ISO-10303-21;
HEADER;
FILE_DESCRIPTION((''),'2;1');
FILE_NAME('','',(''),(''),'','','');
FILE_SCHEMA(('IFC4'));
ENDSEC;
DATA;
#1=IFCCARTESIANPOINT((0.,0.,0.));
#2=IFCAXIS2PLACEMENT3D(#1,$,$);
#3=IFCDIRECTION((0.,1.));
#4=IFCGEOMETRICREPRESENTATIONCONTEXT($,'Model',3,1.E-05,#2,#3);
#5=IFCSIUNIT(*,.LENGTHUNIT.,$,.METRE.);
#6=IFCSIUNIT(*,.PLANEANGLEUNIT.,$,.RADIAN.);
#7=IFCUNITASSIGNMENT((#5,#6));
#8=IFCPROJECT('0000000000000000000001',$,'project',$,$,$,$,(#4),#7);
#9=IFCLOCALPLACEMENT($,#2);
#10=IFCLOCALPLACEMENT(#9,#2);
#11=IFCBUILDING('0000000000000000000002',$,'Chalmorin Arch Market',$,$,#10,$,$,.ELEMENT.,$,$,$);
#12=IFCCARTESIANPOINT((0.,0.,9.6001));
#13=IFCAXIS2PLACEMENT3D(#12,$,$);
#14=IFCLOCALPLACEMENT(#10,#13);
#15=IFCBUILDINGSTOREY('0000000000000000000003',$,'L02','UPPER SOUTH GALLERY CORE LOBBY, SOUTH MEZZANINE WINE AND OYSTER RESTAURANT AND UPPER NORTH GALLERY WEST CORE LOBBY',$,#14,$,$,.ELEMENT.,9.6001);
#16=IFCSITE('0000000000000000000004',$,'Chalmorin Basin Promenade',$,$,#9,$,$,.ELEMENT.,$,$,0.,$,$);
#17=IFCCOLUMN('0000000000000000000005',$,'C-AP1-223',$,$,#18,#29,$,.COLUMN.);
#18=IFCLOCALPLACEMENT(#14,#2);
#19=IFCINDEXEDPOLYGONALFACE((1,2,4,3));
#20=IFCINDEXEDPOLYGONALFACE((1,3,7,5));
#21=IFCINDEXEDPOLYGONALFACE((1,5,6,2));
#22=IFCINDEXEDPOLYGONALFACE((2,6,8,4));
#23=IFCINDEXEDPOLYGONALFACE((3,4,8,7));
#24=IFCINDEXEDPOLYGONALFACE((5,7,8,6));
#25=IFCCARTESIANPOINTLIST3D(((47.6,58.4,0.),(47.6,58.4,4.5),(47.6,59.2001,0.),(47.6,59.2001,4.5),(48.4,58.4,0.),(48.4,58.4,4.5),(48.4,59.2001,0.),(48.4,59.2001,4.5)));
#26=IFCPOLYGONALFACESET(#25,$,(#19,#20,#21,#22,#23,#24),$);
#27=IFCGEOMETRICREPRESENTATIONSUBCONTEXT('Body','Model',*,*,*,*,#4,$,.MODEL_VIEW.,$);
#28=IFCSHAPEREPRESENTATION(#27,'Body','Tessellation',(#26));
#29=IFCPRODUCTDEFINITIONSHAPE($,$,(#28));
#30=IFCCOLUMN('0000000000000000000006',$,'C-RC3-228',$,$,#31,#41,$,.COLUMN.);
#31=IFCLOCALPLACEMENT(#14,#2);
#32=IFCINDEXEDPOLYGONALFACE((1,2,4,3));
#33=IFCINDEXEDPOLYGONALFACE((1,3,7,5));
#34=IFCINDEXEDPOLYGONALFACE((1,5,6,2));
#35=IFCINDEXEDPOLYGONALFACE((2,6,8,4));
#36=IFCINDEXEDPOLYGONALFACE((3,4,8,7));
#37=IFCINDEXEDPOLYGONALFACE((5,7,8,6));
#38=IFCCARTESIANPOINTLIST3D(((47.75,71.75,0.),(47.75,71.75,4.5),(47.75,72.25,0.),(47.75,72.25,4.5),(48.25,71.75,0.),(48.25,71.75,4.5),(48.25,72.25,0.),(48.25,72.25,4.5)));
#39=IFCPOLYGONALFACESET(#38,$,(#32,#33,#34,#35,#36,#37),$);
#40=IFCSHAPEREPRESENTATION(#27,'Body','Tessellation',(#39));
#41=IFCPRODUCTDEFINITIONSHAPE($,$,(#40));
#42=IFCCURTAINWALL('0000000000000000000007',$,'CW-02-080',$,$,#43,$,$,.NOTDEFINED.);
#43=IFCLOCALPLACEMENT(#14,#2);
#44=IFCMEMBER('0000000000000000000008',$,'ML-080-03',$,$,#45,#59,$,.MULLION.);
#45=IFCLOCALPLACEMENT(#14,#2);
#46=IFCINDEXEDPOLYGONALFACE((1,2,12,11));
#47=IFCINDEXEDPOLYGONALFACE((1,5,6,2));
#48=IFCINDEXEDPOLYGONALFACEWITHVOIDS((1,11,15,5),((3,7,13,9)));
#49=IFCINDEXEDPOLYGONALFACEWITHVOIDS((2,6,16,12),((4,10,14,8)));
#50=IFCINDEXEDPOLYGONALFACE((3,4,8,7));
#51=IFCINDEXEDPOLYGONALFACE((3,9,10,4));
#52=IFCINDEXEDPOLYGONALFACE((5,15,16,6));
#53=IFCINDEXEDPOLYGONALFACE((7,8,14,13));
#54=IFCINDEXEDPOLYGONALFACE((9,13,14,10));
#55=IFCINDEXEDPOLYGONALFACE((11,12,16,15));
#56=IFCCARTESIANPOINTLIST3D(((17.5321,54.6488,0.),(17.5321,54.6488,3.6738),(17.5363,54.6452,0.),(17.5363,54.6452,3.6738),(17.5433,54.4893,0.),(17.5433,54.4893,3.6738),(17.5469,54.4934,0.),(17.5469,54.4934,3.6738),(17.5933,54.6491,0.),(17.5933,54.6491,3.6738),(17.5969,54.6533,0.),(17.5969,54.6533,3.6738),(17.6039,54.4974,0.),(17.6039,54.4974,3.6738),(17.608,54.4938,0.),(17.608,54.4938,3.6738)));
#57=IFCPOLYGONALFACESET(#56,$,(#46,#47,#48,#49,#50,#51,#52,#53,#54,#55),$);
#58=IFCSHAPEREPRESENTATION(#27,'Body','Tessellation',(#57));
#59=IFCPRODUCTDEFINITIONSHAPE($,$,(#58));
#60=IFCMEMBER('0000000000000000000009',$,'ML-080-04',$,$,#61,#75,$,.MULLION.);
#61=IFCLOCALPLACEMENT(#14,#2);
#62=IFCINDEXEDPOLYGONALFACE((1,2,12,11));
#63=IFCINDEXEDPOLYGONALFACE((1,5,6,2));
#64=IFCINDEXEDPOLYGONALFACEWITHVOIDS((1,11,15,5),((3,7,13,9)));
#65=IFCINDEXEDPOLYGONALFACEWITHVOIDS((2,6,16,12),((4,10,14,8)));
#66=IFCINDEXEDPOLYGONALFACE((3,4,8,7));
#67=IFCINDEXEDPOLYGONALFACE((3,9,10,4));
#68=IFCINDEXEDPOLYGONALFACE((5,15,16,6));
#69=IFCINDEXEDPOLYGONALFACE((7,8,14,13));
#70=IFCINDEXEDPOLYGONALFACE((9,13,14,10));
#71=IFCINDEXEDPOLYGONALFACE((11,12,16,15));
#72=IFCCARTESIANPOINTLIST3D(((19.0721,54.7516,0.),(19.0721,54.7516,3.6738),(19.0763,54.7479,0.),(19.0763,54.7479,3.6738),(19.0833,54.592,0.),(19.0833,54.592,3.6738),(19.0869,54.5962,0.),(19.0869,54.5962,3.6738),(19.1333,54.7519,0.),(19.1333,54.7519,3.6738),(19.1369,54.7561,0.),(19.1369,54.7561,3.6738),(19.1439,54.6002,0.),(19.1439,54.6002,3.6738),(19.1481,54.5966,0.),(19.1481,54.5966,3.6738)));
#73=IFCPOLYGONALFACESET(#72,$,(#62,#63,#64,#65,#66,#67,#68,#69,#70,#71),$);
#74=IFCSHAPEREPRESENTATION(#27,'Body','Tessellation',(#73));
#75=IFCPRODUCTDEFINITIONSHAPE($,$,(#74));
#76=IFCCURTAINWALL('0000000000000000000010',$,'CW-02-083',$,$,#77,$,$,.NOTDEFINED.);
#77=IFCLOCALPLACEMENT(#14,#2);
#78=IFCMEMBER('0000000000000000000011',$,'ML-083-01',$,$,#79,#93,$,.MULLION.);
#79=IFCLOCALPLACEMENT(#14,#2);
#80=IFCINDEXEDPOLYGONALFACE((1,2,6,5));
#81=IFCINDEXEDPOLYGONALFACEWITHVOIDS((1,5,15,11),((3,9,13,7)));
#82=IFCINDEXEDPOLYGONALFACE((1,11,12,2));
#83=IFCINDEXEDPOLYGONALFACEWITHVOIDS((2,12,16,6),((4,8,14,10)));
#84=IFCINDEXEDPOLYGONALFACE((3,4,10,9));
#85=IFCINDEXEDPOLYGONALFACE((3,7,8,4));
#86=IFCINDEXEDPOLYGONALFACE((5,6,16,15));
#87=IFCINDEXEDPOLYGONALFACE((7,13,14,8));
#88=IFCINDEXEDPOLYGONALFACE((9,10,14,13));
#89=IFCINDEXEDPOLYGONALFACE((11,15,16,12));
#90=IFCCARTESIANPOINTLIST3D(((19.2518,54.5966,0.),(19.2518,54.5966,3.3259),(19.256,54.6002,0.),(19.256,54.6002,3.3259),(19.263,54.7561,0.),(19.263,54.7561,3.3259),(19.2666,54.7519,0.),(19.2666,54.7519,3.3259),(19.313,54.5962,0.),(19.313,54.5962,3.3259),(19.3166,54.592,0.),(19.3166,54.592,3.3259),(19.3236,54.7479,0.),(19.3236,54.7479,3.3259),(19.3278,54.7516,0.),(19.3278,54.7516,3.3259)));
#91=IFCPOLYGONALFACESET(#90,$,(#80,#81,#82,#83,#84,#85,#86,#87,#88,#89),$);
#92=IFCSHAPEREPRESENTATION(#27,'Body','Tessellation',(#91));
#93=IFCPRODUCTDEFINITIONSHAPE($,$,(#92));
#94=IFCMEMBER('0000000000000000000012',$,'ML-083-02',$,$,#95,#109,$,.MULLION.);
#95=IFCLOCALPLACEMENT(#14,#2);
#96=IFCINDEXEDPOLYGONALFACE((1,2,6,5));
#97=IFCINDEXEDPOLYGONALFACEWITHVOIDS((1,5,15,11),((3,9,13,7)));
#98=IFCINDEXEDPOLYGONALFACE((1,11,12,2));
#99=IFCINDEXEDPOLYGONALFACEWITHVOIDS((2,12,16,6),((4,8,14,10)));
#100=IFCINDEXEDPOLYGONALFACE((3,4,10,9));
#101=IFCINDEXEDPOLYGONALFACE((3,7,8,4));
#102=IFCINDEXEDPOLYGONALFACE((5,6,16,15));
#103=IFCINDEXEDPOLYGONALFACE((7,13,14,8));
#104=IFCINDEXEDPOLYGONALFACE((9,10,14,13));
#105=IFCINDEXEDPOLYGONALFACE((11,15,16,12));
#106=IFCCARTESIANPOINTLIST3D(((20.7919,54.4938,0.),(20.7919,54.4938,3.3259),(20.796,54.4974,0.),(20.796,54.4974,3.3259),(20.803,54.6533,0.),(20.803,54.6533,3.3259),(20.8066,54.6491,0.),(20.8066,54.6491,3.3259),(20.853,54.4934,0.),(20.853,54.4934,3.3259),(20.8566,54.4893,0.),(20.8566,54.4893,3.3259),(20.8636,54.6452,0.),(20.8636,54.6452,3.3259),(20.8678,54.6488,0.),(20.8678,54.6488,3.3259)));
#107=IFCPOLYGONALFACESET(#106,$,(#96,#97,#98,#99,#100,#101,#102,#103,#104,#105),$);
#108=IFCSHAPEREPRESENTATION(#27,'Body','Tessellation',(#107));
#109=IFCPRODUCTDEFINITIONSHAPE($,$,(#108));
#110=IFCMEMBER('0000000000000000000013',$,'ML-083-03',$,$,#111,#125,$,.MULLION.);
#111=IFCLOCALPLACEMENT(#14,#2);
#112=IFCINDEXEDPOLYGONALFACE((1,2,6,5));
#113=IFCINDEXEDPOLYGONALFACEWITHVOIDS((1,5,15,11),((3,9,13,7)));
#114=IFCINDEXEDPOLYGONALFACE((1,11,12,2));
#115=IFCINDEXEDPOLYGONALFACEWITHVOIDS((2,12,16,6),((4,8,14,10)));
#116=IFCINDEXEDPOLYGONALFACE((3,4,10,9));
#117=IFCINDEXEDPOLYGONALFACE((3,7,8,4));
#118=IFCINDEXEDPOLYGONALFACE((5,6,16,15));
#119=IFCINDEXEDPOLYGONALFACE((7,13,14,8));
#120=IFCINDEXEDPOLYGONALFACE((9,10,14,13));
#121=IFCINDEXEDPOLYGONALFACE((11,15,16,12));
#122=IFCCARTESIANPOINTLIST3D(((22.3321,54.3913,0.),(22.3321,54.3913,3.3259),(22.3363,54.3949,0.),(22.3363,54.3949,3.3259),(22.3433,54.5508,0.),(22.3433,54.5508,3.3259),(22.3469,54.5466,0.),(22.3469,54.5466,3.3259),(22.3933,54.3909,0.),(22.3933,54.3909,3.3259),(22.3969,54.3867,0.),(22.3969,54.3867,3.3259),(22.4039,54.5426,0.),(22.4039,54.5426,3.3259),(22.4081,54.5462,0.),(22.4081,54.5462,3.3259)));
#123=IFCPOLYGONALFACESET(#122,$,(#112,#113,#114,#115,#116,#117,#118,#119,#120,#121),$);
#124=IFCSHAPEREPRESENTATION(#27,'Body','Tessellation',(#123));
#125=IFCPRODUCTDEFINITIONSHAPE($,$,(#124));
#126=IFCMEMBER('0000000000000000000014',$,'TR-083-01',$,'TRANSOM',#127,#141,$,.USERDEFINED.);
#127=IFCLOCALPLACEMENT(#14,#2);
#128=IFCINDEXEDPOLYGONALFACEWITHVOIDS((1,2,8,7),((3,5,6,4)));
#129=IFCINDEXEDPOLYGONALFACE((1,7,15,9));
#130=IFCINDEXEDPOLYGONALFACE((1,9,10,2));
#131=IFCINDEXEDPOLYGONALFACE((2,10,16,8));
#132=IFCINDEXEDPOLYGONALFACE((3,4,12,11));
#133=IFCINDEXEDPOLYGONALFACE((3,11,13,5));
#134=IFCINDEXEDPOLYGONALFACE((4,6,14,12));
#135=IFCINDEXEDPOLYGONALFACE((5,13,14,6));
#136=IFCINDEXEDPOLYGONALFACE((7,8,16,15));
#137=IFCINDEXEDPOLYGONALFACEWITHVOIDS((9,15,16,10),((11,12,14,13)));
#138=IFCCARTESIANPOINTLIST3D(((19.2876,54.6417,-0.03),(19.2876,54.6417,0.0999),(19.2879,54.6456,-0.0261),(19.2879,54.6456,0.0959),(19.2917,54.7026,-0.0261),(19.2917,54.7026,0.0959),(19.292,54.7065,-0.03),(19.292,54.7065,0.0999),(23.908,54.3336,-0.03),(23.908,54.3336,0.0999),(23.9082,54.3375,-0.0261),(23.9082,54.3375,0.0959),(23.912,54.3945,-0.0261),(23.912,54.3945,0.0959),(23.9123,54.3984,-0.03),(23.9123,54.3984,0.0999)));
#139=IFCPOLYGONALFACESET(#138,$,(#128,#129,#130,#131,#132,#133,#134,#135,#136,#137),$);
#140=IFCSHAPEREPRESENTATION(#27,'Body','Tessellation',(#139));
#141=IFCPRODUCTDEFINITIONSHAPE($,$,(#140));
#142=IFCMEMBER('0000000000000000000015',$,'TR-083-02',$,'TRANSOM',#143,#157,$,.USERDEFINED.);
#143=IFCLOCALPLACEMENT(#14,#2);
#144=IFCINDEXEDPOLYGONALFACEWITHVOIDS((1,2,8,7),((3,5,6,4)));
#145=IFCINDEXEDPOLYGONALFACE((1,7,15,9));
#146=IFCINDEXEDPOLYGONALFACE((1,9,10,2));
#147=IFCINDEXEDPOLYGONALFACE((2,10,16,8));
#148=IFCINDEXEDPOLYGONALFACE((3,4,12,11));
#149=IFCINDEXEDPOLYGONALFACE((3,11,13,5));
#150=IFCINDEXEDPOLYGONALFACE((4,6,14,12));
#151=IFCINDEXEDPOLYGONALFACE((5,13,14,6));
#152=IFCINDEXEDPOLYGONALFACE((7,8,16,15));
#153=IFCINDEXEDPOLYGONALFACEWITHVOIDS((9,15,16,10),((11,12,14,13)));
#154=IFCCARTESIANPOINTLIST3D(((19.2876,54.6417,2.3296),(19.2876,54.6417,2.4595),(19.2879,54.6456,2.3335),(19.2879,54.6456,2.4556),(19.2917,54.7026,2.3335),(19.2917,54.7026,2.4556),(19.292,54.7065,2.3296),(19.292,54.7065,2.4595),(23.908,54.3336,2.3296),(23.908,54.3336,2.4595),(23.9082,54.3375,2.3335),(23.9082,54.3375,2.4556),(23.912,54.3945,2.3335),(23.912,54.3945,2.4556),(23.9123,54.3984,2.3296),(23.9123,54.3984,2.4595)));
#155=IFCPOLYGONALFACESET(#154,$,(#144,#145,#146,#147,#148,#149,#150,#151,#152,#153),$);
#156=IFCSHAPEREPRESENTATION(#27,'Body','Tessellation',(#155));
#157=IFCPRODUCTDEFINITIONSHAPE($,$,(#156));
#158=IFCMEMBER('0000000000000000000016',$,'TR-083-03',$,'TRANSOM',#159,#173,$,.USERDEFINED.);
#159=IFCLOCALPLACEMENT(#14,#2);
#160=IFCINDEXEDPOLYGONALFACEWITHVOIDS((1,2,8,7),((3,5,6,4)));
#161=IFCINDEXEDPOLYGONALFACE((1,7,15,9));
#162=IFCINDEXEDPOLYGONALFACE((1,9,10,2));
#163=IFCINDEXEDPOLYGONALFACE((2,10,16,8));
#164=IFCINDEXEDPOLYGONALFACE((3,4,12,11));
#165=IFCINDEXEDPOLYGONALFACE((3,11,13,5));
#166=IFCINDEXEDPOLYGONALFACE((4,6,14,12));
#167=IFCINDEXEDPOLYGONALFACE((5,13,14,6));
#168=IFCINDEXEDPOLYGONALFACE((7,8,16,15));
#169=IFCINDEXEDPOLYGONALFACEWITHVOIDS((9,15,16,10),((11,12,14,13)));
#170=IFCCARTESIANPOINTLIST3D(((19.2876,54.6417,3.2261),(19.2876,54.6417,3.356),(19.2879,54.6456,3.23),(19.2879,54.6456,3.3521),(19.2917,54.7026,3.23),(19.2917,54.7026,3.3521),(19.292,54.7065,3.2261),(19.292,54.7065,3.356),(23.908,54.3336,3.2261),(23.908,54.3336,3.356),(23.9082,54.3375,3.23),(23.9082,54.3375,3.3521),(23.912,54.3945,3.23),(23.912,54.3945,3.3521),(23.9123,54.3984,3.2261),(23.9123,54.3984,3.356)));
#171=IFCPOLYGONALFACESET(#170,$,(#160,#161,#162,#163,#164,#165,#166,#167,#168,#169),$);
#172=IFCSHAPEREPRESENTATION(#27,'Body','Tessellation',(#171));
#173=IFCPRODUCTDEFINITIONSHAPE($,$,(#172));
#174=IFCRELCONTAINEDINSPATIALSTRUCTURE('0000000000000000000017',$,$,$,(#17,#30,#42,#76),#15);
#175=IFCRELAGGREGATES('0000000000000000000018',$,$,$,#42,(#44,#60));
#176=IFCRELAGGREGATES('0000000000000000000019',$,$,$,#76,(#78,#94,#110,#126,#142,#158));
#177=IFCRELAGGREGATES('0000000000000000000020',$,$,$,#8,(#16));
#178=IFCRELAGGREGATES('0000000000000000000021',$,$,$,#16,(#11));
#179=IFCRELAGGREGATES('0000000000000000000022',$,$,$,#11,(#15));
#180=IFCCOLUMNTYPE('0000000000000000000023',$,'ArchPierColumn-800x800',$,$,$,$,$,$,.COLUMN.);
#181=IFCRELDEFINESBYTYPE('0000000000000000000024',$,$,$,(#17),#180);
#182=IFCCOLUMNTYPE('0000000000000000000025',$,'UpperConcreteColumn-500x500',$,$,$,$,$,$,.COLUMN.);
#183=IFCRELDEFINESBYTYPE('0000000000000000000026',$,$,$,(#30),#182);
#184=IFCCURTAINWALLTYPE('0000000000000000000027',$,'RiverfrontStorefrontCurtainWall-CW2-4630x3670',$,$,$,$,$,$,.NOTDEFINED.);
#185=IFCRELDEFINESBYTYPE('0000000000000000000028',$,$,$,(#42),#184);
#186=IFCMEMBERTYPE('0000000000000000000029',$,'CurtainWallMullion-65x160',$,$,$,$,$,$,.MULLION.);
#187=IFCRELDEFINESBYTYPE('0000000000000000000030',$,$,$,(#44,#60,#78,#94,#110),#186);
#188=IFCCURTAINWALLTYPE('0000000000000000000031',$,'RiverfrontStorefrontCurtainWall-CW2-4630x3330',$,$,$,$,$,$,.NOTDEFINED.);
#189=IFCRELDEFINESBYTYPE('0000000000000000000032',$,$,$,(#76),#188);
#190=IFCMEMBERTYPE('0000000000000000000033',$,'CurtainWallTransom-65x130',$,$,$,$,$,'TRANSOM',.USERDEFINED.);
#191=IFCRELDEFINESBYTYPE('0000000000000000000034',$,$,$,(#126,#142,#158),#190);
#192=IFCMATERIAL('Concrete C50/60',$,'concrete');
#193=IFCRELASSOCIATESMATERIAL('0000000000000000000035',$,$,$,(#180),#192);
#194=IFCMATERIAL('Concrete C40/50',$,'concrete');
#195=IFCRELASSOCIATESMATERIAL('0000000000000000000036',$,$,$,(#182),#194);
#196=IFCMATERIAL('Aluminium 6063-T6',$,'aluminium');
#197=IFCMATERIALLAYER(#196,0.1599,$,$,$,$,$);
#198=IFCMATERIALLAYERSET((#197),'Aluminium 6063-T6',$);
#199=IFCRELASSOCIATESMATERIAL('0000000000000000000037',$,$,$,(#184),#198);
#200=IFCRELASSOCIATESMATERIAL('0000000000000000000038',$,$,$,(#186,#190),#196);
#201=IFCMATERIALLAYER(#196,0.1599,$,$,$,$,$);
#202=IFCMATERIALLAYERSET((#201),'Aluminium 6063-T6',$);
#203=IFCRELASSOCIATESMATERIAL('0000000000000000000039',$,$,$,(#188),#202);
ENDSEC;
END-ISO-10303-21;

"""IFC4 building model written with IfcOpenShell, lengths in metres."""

from ifc_helpers import new_model, si_unit, direction, frame, origin, origin_2d, place, context, subcontext, project, spatial, rectangle, hollow_rectangle, extrude, material, layer, layer_set, material_profile, profile_set, type_object, element, aggregate, save


model = new_model("IFC4")

# Units and contexts
model_context = context("Model", 3, precision=1e-05, world=origin(), true_north=direction((0.0, 1.0)))
body_context = subcontext(model_context, "Body", "Model", "MODEL_VIEW")
ifc_project = project(units=[si_unit("LENGTHUNIT", "METRE"), si_unit("PLANEANGLEUNIT", "RADIAN")], contexts=[model_context])

# Site, building, storey
site_placement = place(None, origin())
site = spatial("IfcSite", under=ifc_project, at=site_placement, Name="Chalmorin Basin Promenade", CompositionType="ELEMENT", RefElevation=0.0)
building_placement = place(site_placement, origin())
building = spatial("IfcBuilding", under=site, at=building_placement, Name="Chalmorin Arch Market", CompositionType="ELEMENT")
storey_placement = place(building_placement, frame((0.0, 0.0, 9.6001)))
storey = spatial("IfcBuildingStorey", under=building, at=storey_placement, Name="L02", Description="UPPER SOUTH GALLERY CORE LOBBY, SOUTH MEZZANINE WINE AND OYSTER RESTAURANT AND UPPER NORTH GALLERY WEST CORE LOBBY", CompositionType="ELEMENT", Elevation=9.6001)

# Columns
ifc_material_1 = material(Name="Concrete C50/60", Category="concrete")
ifc_material_profile_1 = material_profile(ifc_material_1, rectangle(XDim=0.8, YDim=0.8, at=origin_2d()), Name="RC800X800")
ifc_profile_set_1 = profile_set([ifc_material_profile_1], Name="Concrete C50/60")
column_type_1 = type_object("IfcColumnType", Name="ArchPierColumn-800x800", PredefinedType="COLUMN", material=ifc_profile_set_1)
column_1_placement = place(storey_placement, frame((48.0, 58.8, 0.0), z_axis=(0.0, 0.0, 1.0), x_axis=(1.0, 0.0, 0.0)))
element("IfcColumn", 1, at=column_1_placement, inside=storey, type_object=column_type_1, Name="C-AP1-223", PredefinedType="COLUMN", context=body_context, shape_type="SweptSolid", body=[
    extrude(rectangle(XDim=0.8, YDim=0.8, at=origin_2d()), origin(), (0.0, 0.0, 1.0), 4.5),
])
ifc_material_2 = material(Name="Concrete C40/50", Category="concrete")
ifc_material_profile_2 = material_profile(ifc_material_2, rectangle(XDim=0.5, YDim=0.5, at=origin_2d()), Name="RC500X500")
ifc_profile_set_2 = profile_set([ifc_material_profile_2], Name="Concrete C40/50")
column_type_2 = type_object("IfcColumnType", Name="UpperConcreteColumn-500x500", PredefinedType="COLUMN", material=ifc_profile_set_2)
column_2_placement = place(storey_placement, frame((48.0, 72.0, 0.0), z_axis=(0.0, 0.0, 1.0), x_axis=(1.0, 0.0, 0.0)))
element("IfcColumn", 2, at=column_2_placement, inside=storey, type_object=column_type_2, Name="C-RC3-228", PredefinedType="COLUMN", context=body_context, shape_type="SweptSolid", body=[
    extrude(rectangle(XDim=0.5, YDim=0.5, at=origin_2d()), origin(), (0.0, 0.0, 1.0), 4.5),
])

# Curtain walls, members
ifc_material_3 = material(Name="Aluminium 6063-T6", Category="aluminium")
ifc_layer_1 = layer(ifc_material_3, 0.1599)
ifc_layer_set_1 = layer_set([ifc_layer_1], Name="Aluminium 6063-T6")
curtain_wall_type_1 = type_object("IfcCurtainWallType", Name="RiverfrontStorefrontCurtainWall-CW2-4630x3670", PredefinedType="NOTDEFINED", material=ifc_layer_set_1)
curtain_wall_1_placement = place(storey_placement, origin())
curtain_wall_1 = element("IfcCurtainWall", 3, at=curtain_wall_1_placement, inside=storey, type_object=curtain_wall_type_1, Name="CW-02-080", PredefinedType="NOTDEFINED")
ifc_material_profile_3 = material_profile(ifc_material_3, hollow_rectangle(XDim=0.0649, YDim=0.1599, WallThickness=0.0039, at=origin_2d()), Name="ALU65X160X4")
ifc_profile_set_3 = profile_set([ifc_material_profile_3], Name="Aluminium 6063-T6")
member_type_1 = type_object("IfcMemberType", Name="CurtainWallMullion-65x160", PredefinedType="MULLION", material=ifc_profile_set_3)
member_1_placement = place(storey_placement, frame((17.5701, 54.5713, 0.0), z_axis=(0.0, 0.0, 1.0), x_axis=(0.997564, 0.069756, 0.0)))
member_1 = element("IfcMember", 4, at=member_1_placement, type_object=member_type_1, Name="ML-080-03", PredefinedType="MULLION", context=body_context, shape_type="SweptSolid", body=[
    extrude(hollow_rectangle(XDim=0.0649, YDim=0.1599, WallThickness=0.0039, at=origin_2d()), origin(), (0.0, 0.0, 1.0), 3.6738),
])
member_2_placement = place(storey_placement, frame((19.1101, 54.6741, 0.0), z_axis=(0.0, 0.0, 1.0), x_axis=(0.997564, 0.069756, 0.0)))
member_2 = element("IfcMember", 5, at=member_2_placement, type_object=member_type_1, Name="ML-080-04", PredefinedType="MULLION", context=body_context, shape_type="SweptSolid", body=[
    extrude(hollow_rectangle(XDim=0.0649, YDim=0.1599, WallThickness=0.0039, at=origin_2d()), origin(), (0.0, 0.0, 1.0), 3.6738),
])
ifc_layer_2 = layer(ifc_material_3, 0.1599)
ifc_layer_set_2 = layer_set([ifc_layer_2], Name="Aluminium 6063-T6")
curtain_wall_type_2 = type_object("IfcCurtainWallType", Name="RiverfrontStorefrontCurtainWall-CW2-4630x3330", PredefinedType="NOTDEFINED", material=ifc_layer_set_2)
curtain_wall_2_placement = place(storey_placement, origin())
curtain_wall_2 = element("IfcCurtainWall", 6, at=curtain_wall_2_placement, inside=storey, type_object=curtain_wall_type_2, Name="CW-02-083", PredefinedType="NOTDEFINED")
member_3_placement = place(storey_placement, frame((19.2898, 54.6741, 0.0), z_axis=(0.0, 0.0, 1.0), x_axis=(0.997564, -0.069756, 0.0)))
member_3 = element("IfcMember", 7, at=member_3_placement, type_object=member_type_1, Name="ML-083-01", PredefinedType="MULLION", context=body_context, shape_type="SweptSolid", body=[
    extrude(hollow_rectangle(XDim=0.0649, YDim=0.1599, WallThickness=0.0039, at=origin_2d()), origin(), (0.0, 0.0, 1.0), 3.3259),
])
member_4_placement = place(storey_placement, frame((20.8298, 54.5713, 0.0), z_axis=(0.0, 0.0, 1.0), x_axis=(0.997564, -0.069756, 0.0)))
member_4 = element("IfcMember", 8, at=member_4_placement, type_object=member_type_1, Name="ML-083-02", PredefinedType="MULLION", context=body_context, shape_type="SweptSolid", body=[
    extrude(hollow_rectangle(XDim=0.0649, YDim=0.1599, WallThickness=0.0039, at=origin_2d()), origin(), (0.0, 0.0, 1.0), 3.3259),
])
member_5_placement = place(storey_placement, frame((22.3701, 54.4688, 0.0), z_axis=(0.0, 0.0, 1.0), x_axis=(0.997564, -0.069756, 0.0)))
member_5 = element("IfcMember", 9, at=member_5_placement, type_object=member_type_1, Name="ML-083-03", PredefinedType="MULLION", context=body_context, shape_type="SweptSolid", body=[
    extrude(hollow_rectangle(XDim=0.0649, YDim=0.1599, WallThickness=0.0039, at=origin_2d()), origin(), (0.0, 0.0, 1.0), 3.3259),
])
ifc_material_profile_4 = material_profile(ifc_material_3, hollow_rectangle(XDim=0.0649, YDim=0.1299, WallThickness=0.0039, at=origin_2d()), Name="ALU65X130X4")
ifc_profile_set_4 = profile_set([ifc_material_profile_4], Name="Aluminium 6063-T6")
member_type_2 = type_object("IfcMemberType", Name="CurtainWallTransom-65x130", ElementType="TRANSOM", PredefinedType="USERDEFINED", material=ifc_profile_set_4)
member_6_placement = place(storey_placement, frame((19.2898, 54.6741, 0.0349), z_axis=(0.997784, -0.066537, 0.0), x_axis=(0.066537, 0.997784, 0.0)))
member_6 = element("IfcMember", 10, at=member_6_placement, type_object=member_type_2, Name="TR-083-01", ObjectType="TRANSOM", PredefinedType="USERDEFINED", context=body_context, shape_type="SweptSolid", body=[
    extrude(hollow_rectangle(XDim=0.0649, YDim=0.1299, WallThickness=0.0039, at=origin_2d()), origin(), (0.0, 0.0, 1.0), 4.6306),
])
member_7_placement = place(storey_placement, frame((19.2898, 54.6741, 2.3945), z_axis=(0.997784, -0.066537, 0.0), x_axis=(0.066537, 0.997784, 0.0)))
member_7 = element("IfcMember", 11, at=member_7_placement, type_object=member_type_2, Name="TR-083-02", ObjectType="TRANSOM", PredefinedType="USERDEFINED", context=body_context, shape_type="SweptSolid", body=[
    extrude(hollow_rectangle(XDim=0.0649, YDim=0.1299, WallThickness=0.0039, at=origin_2d()), origin(), (0.0, 0.0, 1.0), 4.6306),
])
member_8_placement = place(storey_placement, frame((19.2898, 54.6741, 3.291), z_axis=(0.997784, -0.066537, 0.0), x_axis=(0.066537, 0.997784, 0.0)))
member_8 = element("IfcMember", 12, at=member_8_placement, type_object=member_type_2, Name="TR-083-03", ObjectType="TRANSOM", PredefinedType="USERDEFINED", context=body_context, shape_type="SweptSolid", body=[
    extrude(hollow_rectangle(XDim=0.0649, YDim=0.1299, WallThickness=0.0039, at=origin_2d()), origin(), (0.0, 0.0, 1.0), 4.6306),
])

aggregate(curtain_wall_1, [member_1, member_2])
aggregate(curtain_wall_2, [member_3, member_4, member_5, member_6, member_7, member_8])

save(model, "model.ifc")
